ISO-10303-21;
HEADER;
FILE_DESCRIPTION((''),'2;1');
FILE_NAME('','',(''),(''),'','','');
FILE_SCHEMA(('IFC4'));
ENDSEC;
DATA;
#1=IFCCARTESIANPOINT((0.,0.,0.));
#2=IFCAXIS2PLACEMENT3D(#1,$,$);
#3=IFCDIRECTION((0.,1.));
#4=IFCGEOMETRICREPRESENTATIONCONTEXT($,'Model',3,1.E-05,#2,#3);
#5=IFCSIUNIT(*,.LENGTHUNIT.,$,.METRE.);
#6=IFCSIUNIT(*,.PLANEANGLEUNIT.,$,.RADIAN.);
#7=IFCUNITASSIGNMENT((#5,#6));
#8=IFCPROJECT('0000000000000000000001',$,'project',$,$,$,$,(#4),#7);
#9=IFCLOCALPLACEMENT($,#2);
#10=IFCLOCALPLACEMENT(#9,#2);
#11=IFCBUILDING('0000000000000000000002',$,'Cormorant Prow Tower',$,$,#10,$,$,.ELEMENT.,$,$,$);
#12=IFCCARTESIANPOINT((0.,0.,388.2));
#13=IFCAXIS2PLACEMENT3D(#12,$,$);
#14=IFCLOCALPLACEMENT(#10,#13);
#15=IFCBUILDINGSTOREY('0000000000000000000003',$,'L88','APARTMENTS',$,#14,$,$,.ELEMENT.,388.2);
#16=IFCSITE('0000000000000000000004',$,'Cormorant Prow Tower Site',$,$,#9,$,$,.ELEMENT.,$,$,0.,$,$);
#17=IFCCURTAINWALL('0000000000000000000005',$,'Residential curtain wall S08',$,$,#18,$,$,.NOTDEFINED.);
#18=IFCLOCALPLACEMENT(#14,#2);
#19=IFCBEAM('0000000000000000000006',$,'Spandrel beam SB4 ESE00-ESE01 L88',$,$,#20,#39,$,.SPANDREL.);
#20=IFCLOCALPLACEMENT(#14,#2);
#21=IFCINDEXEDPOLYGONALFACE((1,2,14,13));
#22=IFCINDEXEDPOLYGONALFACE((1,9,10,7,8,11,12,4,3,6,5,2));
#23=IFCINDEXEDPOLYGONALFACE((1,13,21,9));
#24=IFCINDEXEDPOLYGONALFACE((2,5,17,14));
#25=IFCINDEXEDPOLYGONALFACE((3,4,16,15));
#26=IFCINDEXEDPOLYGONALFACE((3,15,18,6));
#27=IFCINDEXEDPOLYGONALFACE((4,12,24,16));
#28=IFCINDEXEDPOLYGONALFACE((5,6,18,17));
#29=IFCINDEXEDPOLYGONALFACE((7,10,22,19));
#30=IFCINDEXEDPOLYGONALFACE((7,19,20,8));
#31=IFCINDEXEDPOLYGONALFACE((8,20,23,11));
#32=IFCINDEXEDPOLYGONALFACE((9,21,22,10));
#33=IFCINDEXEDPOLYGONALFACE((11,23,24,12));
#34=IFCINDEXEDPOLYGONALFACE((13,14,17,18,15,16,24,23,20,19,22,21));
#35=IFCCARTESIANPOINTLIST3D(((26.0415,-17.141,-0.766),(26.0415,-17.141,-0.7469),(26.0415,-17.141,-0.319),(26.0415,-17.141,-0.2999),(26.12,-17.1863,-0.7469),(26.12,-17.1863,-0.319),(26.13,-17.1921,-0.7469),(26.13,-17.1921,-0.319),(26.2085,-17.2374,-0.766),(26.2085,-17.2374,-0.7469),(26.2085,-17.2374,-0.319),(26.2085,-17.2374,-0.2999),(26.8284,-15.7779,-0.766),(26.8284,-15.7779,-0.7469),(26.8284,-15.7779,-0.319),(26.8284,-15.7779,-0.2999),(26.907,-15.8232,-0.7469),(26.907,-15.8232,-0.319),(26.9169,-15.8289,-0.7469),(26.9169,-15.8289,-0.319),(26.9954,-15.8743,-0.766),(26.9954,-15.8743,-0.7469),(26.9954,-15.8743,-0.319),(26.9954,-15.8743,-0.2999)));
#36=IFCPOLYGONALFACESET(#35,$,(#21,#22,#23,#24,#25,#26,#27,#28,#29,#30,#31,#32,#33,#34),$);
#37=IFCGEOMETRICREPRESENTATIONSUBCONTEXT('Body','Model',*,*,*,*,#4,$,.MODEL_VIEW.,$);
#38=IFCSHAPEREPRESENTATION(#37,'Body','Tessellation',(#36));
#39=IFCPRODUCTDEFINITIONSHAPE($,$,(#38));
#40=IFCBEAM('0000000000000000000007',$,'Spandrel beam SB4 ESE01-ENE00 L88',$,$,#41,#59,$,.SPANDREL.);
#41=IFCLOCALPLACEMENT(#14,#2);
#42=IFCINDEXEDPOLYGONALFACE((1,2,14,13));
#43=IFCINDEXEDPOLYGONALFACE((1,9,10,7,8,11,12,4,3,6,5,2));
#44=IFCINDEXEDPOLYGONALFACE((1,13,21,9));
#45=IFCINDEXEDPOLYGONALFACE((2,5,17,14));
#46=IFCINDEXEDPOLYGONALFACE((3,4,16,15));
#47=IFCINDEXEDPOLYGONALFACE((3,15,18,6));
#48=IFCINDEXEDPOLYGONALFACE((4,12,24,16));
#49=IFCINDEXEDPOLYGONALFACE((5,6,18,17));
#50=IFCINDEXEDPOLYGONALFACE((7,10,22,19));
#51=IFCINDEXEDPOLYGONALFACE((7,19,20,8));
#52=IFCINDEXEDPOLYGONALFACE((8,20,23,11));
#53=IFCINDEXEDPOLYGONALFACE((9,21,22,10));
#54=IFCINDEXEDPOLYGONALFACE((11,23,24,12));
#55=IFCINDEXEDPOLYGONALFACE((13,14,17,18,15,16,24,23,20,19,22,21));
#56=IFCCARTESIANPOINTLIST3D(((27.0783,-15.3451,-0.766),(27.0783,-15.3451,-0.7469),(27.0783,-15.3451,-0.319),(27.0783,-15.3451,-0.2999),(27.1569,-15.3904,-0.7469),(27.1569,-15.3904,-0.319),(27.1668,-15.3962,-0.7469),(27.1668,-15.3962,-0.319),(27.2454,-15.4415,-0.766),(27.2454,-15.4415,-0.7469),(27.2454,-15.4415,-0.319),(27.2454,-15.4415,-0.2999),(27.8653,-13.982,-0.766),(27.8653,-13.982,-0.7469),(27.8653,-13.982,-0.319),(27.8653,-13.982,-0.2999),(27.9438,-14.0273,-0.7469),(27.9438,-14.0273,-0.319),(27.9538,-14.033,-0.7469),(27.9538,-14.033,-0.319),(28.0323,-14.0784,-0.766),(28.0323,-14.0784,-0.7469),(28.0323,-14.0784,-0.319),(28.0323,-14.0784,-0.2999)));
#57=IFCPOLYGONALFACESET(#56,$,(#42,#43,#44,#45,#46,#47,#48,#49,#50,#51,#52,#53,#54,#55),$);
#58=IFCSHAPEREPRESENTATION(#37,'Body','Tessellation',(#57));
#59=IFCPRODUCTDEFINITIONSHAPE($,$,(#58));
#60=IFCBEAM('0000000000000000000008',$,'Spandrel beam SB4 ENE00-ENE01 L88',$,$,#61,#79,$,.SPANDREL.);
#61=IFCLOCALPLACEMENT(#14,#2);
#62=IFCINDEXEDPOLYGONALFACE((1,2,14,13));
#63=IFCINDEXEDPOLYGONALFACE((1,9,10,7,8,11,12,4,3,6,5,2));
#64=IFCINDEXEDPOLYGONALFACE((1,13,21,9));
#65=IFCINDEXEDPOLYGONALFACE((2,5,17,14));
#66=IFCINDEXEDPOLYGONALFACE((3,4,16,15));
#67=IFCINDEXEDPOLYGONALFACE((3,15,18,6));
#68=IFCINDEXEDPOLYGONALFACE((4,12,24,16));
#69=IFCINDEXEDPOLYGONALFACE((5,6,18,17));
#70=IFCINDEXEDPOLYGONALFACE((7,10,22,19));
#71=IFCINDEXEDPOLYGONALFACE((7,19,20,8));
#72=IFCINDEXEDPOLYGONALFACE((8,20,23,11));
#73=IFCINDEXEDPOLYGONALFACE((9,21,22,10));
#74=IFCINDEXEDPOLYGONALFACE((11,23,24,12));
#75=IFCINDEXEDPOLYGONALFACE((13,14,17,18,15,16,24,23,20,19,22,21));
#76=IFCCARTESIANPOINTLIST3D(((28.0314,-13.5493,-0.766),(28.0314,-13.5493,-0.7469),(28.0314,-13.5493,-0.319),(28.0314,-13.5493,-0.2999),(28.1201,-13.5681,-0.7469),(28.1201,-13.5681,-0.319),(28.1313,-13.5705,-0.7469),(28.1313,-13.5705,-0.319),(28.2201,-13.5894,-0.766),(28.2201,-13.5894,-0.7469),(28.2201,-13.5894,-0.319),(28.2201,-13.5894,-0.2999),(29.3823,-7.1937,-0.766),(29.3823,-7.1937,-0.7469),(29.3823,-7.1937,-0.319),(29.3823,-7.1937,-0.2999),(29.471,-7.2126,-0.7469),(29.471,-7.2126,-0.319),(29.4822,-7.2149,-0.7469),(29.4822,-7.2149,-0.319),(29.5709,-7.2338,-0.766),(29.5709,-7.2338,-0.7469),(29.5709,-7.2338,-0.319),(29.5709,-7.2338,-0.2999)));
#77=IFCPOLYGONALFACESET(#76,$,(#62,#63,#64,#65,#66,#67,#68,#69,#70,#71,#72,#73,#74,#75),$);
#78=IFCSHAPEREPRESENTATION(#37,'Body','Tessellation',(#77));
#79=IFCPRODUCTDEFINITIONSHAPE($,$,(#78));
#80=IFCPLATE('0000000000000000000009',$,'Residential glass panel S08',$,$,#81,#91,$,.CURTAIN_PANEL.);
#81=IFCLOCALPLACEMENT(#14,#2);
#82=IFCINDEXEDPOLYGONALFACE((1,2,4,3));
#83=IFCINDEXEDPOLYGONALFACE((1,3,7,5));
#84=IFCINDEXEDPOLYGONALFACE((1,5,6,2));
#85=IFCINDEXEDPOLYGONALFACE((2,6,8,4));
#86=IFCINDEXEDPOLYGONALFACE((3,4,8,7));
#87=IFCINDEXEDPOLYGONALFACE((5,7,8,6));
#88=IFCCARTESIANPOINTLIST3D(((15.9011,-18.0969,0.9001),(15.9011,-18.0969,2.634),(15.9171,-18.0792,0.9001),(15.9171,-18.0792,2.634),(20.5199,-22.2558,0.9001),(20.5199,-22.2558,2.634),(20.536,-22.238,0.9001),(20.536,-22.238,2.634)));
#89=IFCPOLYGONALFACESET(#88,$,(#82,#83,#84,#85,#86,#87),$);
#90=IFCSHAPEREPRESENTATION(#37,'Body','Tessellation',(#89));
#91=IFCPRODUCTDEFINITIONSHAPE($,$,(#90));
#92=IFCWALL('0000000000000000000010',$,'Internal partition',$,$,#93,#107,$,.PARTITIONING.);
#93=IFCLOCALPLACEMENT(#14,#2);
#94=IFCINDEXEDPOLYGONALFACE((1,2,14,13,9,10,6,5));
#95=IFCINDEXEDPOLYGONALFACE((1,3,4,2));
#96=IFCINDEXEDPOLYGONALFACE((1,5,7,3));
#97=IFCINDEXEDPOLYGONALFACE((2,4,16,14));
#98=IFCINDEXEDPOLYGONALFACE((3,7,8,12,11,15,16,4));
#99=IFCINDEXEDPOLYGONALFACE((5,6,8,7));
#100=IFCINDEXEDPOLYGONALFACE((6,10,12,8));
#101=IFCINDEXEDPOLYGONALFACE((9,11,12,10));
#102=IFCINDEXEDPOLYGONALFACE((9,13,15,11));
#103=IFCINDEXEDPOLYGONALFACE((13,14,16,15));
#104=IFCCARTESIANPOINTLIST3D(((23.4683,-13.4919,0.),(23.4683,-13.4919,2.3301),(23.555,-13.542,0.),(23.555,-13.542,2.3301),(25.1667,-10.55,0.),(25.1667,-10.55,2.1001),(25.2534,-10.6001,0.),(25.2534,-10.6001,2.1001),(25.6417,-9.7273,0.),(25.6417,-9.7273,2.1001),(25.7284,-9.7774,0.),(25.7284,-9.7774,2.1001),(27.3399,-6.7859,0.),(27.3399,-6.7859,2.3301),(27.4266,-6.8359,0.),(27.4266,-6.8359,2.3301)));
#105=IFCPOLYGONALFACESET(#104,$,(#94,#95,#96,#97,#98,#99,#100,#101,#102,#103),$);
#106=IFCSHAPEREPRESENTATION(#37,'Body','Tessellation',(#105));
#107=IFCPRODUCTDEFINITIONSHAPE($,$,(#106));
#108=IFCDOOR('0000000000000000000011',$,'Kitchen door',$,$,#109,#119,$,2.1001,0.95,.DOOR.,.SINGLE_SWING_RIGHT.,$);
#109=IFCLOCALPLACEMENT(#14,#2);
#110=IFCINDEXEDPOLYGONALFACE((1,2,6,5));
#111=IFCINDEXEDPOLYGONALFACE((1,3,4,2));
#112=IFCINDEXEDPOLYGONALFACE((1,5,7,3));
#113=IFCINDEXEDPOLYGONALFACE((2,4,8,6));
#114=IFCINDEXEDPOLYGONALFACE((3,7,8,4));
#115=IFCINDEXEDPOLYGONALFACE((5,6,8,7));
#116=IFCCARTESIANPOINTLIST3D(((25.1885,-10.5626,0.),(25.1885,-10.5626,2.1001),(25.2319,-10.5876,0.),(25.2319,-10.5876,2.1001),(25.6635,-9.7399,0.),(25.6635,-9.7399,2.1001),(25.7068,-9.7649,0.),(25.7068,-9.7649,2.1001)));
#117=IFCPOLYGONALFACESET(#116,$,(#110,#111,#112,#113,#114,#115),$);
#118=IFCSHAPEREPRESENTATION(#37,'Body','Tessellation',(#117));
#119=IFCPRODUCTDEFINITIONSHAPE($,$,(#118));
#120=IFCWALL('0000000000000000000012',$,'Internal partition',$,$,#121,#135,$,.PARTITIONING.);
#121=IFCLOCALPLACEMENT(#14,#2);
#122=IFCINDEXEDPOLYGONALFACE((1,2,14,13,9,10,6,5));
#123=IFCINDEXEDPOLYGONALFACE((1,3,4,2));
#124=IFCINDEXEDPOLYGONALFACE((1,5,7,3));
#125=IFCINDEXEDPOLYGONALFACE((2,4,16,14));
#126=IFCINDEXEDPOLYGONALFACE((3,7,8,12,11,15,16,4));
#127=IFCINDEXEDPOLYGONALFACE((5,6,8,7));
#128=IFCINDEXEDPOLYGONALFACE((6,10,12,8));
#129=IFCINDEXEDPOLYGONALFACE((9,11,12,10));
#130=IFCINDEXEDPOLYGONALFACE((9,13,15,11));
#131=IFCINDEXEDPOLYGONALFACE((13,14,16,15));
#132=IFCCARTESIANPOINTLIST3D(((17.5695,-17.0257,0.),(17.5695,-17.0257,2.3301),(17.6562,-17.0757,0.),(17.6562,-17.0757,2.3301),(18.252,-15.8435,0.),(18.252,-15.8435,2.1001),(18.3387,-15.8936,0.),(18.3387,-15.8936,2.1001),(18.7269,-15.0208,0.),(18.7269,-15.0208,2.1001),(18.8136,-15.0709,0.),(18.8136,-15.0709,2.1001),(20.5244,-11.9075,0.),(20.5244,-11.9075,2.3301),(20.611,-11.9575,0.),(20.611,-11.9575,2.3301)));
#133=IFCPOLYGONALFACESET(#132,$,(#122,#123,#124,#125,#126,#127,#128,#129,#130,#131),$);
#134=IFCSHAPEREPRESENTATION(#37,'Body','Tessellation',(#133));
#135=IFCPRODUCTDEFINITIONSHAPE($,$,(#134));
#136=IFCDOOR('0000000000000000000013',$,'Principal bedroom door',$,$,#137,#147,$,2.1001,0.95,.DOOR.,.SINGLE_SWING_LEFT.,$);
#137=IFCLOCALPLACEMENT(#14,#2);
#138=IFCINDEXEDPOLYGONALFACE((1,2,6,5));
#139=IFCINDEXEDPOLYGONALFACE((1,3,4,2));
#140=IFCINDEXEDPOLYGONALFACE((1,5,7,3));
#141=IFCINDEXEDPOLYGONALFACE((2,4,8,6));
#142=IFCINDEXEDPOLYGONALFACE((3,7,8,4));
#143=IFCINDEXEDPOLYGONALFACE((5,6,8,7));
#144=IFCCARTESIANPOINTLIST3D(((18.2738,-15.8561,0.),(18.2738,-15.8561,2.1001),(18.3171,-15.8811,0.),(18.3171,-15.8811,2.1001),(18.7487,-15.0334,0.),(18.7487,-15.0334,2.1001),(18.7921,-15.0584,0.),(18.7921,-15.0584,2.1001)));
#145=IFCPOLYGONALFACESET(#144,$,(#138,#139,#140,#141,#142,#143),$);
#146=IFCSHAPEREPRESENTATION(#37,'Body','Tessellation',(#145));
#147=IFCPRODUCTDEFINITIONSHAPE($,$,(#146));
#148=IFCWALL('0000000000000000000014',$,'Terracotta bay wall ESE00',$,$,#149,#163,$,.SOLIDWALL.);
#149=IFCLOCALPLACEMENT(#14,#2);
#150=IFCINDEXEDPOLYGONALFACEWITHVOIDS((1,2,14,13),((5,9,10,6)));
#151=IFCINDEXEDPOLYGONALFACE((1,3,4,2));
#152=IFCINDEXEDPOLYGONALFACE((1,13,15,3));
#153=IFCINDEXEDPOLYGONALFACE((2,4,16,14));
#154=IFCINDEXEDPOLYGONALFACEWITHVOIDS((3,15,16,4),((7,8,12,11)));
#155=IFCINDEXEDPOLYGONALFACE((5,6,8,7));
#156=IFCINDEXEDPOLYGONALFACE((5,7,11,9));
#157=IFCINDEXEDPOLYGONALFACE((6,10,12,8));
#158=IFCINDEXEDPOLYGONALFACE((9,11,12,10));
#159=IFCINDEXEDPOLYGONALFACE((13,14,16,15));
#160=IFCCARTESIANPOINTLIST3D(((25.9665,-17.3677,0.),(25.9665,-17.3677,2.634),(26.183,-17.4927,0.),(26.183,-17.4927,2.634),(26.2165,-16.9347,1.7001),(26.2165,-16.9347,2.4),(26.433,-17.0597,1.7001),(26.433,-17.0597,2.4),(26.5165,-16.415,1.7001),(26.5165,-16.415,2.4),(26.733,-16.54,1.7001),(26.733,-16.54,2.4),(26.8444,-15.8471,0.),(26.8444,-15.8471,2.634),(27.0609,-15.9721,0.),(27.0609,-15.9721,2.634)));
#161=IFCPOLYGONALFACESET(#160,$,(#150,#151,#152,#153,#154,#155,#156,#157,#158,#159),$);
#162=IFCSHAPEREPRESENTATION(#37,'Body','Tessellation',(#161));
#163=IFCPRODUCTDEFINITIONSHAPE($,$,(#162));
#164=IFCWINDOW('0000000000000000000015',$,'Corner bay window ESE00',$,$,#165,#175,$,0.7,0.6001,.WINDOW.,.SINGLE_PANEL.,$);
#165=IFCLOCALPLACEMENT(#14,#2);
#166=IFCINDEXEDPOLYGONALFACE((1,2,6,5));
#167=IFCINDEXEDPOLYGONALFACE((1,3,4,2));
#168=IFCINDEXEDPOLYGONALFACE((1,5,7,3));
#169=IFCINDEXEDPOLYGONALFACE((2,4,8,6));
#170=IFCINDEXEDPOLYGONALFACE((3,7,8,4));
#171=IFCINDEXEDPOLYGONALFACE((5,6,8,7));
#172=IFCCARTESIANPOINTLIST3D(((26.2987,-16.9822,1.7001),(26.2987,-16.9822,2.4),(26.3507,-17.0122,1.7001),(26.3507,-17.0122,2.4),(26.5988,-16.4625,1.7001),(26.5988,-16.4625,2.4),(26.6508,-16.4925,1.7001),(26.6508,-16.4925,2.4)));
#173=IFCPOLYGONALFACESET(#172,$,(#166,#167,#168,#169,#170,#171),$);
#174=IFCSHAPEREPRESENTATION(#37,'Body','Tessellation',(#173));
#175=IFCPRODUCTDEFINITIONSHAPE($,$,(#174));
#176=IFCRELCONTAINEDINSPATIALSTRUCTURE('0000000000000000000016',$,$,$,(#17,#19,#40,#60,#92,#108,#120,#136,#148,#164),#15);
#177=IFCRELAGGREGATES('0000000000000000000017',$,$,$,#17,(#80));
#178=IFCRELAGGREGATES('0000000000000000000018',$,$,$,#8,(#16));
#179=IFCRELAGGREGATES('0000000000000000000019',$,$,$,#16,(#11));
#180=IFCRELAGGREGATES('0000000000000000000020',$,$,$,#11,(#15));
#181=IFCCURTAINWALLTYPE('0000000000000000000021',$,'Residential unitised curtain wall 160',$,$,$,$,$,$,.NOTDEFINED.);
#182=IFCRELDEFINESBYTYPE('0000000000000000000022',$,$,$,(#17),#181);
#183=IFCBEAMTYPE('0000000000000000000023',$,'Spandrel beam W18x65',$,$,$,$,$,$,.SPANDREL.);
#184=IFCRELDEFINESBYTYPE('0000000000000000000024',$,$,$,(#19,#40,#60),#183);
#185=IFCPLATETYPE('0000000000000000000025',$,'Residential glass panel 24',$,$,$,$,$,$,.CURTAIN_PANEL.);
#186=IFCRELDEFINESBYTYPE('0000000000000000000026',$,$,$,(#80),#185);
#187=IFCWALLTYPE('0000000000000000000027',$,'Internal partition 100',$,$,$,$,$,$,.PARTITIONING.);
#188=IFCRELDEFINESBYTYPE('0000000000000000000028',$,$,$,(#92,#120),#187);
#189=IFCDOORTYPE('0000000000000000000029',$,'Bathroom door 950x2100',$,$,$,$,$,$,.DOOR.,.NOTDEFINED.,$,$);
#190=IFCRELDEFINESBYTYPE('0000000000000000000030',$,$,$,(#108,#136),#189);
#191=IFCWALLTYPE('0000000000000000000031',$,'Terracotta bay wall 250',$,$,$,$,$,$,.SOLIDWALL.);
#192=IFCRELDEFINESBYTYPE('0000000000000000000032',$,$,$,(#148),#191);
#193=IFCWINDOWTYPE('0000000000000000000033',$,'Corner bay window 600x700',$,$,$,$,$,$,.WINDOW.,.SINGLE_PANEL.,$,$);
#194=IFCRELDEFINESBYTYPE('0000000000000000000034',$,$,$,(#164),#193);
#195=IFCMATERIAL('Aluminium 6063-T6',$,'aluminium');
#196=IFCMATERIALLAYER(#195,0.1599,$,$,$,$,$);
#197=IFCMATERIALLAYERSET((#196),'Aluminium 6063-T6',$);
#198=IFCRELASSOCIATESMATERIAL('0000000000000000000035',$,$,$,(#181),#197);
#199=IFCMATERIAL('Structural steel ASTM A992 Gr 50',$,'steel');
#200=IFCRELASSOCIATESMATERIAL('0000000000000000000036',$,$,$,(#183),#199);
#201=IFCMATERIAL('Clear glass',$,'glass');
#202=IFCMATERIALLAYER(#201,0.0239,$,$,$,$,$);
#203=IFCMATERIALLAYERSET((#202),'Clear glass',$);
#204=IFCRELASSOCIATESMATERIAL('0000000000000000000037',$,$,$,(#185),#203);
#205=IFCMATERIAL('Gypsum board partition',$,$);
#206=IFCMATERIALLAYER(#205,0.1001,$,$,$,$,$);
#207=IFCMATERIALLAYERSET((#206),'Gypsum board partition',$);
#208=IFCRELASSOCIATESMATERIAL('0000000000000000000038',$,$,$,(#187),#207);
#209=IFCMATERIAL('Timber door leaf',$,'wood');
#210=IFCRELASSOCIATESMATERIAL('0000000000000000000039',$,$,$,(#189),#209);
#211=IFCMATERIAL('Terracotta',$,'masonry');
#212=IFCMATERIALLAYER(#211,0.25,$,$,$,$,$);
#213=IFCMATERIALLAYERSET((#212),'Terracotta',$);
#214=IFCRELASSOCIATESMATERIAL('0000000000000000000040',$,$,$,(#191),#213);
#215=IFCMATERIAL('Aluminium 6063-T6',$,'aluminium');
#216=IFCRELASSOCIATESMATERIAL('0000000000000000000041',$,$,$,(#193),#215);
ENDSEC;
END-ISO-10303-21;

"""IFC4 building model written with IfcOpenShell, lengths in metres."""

from ifc_helpers import new_model, si_unit, direction, frame, frame_2d, origin, origin_2d, place, context, subcontext, project, spatial, rectangle, i_section, extrude, material, layer, layer_set, material_profile, profile_set, type_object, element, fill, aggregate, save


model = new_model("IFC4")

# Units and contexts
model_context = context("Model", 3, precision=1e-05, world=origin(), true_north=direction((0.0, 1.0)))
body_context = subcontext(model_context, "Body", "Model", "MODEL_VIEW")
ifc_project = project(units=[si_unit("LENGTHUNIT", "METRE"), si_unit("PLANEANGLEUNIT", "RADIAN")], contexts=[model_context])

# Site, building, storey
site_placement = place(None, origin())
site = spatial("IfcSite", under=ifc_project, at=site_placement, Name="Cormorant Prow Tower Site", CompositionType="ELEMENT", RefElevation=0.0)
building_placement = place(site_placement, origin())
building = spatial("IfcBuilding", under=site, at=building_placement, Name="Cormorant Prow Tower", CompositionType="ELEMENT")
storey_placement = place(building_placement, frame((0.0, 0.0, 388.2)))
storey = spatial("IfcBuildingStorey", under=building, at=storey_placement, Name="L88", Description="APARTMENTS", CompositionType="ELEMENT", Elevation=388.2)

# Curtain wall
ifc_material_1 = material(Name="Aluminium 6063-T6", Category="aluminium")
ifc_layer_1 = layer(ifc_material_1, 0.1599)
ifc_layer_set_1 = layer_set([ifc_layer_1], Name="Aluminium 6063-T6")
curtain_wall_type = type_object("IfcCurtainWallType", Name="Residential unitised curtain wall 160", PredefinedType="NOTDEFINED", material=ifc_layer_set_1)
curtain_wall_placement = place(storey_placement, origin())
curtain_wall = element("IfcCurtainWall", 1, at=curtain_wall_placement, inside=storey, type_object=curtain_wall_type, Name="Residential curtain wall S08", PredefinedType="NOTDEFINED")

# Beams
ifc_material_2 = material(Name="Structural steel ASTM A992 Gr 50", Category="steel")
ifc_material_profile_1 = material_profile(ifc_material_2, i_section(OverallWidth=0.1929, OverallDepth=0.4661, WebThickness=0.0115, FlangeThickness=0.019, at=origin_2d()), Name="W18x65")
ifc_profile_set_1 = profile_set([ifc_material_profile_1], Name="Structural steel ASTM A992 Gr 50")
beam_type = type_object("IfcBeamType", Name="Spandrel beam W18x65", PredefinedType="SPANDREL", material=ifc_profile_set_1)
for number, where, z_axis, x_axis, name in (
    (2, (26.125, -17.1892, -0.533), (0.49996, 0.866049, 0.0), (-0.866049, 0.49996, 0.0), "Spandrel beam SB4 ESE00-ESE01 L88"),
    (3, (27.1619, -15.3933, -0.533), (0.49996, 0.866049, 0.0), (-0.866049, 0.49996, 0.0), "Spandrel beam SB4 ESE01-ENE00 L88"),
):
    element("IfcBeam", number, at=place(storey_placement, frame(where, z_axis=z_axis, x_axis=x_axis)), inside=storey, type_object=beam_type, Name=name, PredefinedType="SPANDREL", context=body_context, shape_type="SweptSolid", body=[
        extrude(i_section(OverallWidth=0.1929, OverallDepth=0.4661, WebThickness=0.0115, FlangeThickness=0.019, at=origin_2d()), origin(), (0.0, 0.0, 1.0), 1.574),
    ])
beam_placement = place(storey_placement, frame((28.1257, -13.5693, -0.533), z_axis=(0.207902, 0.97815, 0.0), x_axis=(-0.97815, 0.207902, 0.0)))
element("IfcBeam", 4, at=beam_placement, inside=storey, type_object=beam_type, Name="Spandrel beam SB4 ENE00-ENE01 L88", PredefinedType="SPANDREL", context=body_context, shape_type="SweptSolid", body=[
    extrude(i_section(OverallWidth=0.1929, OverallDepth=0.4661, WebThickness=0.0115, FlangeThickness=0.019, at=origin_2d()), origin(), (0.0, 0.0, 1.0), 6.4976),
])

# Plate
ifc_material_3 = material(Name="Clear glass", Category="glass")
ifc_layer_2 = layer(ifc_material_3, 0.0239)
ifc_layer_set_2 = layer_set([ifc_layer_2], Name="Clear glass")
plate_type = type_object("IfcPlateType", Name="Residential glass panel 24", PredefinedType="CURTAIN_PANEL", material=ifc_layer_set_2)
plate_placement = place(storey_placement, frame((18.2185, -20.1675, 0.9001), z_axis=(0.0, 0.0, 1.0), x_axis=(0.743145, -0.669131, 0.0)))
plate = element("IfcPlate", 5, at=plate_placement, type_object=plate_type, Name="Residential glass panel S08", PredefinedType="CURTAIN_PANEL", context=body_context, shape_type="SweptSolid", body=[
    extrude(rectangle(XDim=6.2153, YDim=0.0239, at=origin_2d()), origin(), (0.0, 0.0, 1.0), 1.7339),
])
aggregate(curtain_wall, [plate])

# Walls, openings, doors
ifc_material_4 = material(Name="Gypsum board partition")
ifc_layer_3 = layer(ifc_material_4, 0.1001)
ifc_layer_set_3 = layer_set([ifc_layer_3], Name="Gypsum board partition")
wall_type_1 = type_object("IfcWallType", Name="Internal partition 100", PredefinedType="PARTITIONING", material=ifc_layer_set_3)
wall_1_placement = place(storey_placement, frame((23.5117, -13.5168, 0.0), z_axis=(0.0, 0.0, 1.0), x_axis=(0.499984, 0.866034, 0.0)))
wall_1 = element("IfcWall", 6, at=wall_1_placement, inside=storey, type_object=wall_type_1, Name="Internal partition", PredefinedType="PARTITIONING", context=body_context, shape_type="SweptSolid", body=[
    extrude(rectangle(XDim=7.7434, YDim=0.1001, at=frame_2d((3.8716, 0.0))), origin(), (0.0, 0.0, 1.0), 2.3301),
])
opening_1_placement = place(wall_1_placement, frame((3.3967, 0.0, 0.0)))
opening_1 = element("IfcOpeningElement", 7, at=opening_1_placement, cuts=wall_1, PredefinedType="OPENING", context=body_context, shape_type="SweptSolid", body=[
    extrude(rectangle(XDim=0.95, YDim=2.1001, at=frame_2d((0.4751, 1.05))), frame((0.0, 0.0601, 0.0), z_axis=(0.0, -1.0, 0.0), x_axis=(1.0, 0.0, 0.0)), (0.0, 0.0, 1.0), 0.1201),
])
ifc_material_5 = material(Name="Timber door leaf", Category="wood")
door_type_1 = type_object("IfcDoorType", Name="Bathroom door 950x2100", OperationType="NOTDEFINED", PredefinedType="DOOR", material=ifc_material_5)
door_1_placement = place(opening_1_placement, origin())
door_1 = element("IfcDoor", 8, at=door_1_placement, inside=storey, type_object=door_type_1, Name="Kitchen door", OperationType="SINGLE_SWING_RIGHT", OverallHeight=2.1001, OverallWidth=0.95, PredefinedType="DOOR", context=body_context, shape_type="SweptSolid", body=[
    extrude(rectangle(XDim=0.95, YDim=2.1001, at=frame_2d((0.4751, 1.05))), frame((0.0, 0.0249, 0.0), z_axis=(0.0, -1.0, 0.0), x_axis=(1.0, 0.0, 0.0)), (0.0, 0.0, 1.0), 0.05),
])
fill(opening_1, door_1)
wall_2_placement = place(storey_placement, frame((17.6128, -17.0508, 0.0), z_axis=(0.0, 0.0, 1.0), x_axis=(0.499982, 0.866036, 0.0)))
wall_2 = element("IfcWall", 9, at=wall_2_placement, inside=storey, type_object=wall_type_1, Name="Internal partition", PredefinedType="PARTITIONING", context=body_context, shape_type="SweptSolid", body=[
    extrude(rectangle(XDim=5.9099, YDim=0.1001, at=frame_2d((2.9551, 0.0))), origin(), (0.0, 0.0, 1.0), 2.3301),
])
opening_2_placement = place(wall_2_placement, frame((1.365, 0.0, 0.0)))
opening_2 = element("IfcOpeningElement", 10, at=opening_2_placement, cuts=wall_2, PredefinedType="OPENING", context=body_context, shape_type="SweptSolid", body=[
    extrude(rectangle(XDim=0.95, YDim=2.1001, at=frame_2d((0.4751, 1.05))), frame((0.0, 0.0601, 0.0), z_axis=(0.0, -1.0, 0.0), x_axis=(1.0, 0.0, 0.0)), (0.0, 0.0, 1.0), 0.1201),
])
door_2_placement = place(opening_2_placement, origin())
door_2 = element("IfcDoor", 11, at=door_2_placement, inside=storey, type_object=door_type_1, Name="Principal bedroom door", OperationType="SINGLE_SWING_LEFT", OverallHeight=2.1001, OverallWidth=0.95, PredefinedType="DOOR", context=body_context, shape_type="SweptSolid", body=[
    extrude(rectangle(XDim=0.95, YDim=2.1001, at=frame_2d((0.4751, 1.05))), frame((0.0, 0.0249, 0.0), z_axis=(0.0, -1.0, 0.0), x_axis=(1.0, 0.0, 0.0)), (0.0, 0.0, 1.0), 0.05),
])
fill(opening_2, door_2)

# Wall, opening, window
ifc_material_6 = material(Name="Terracotta", Category="masonry")
ifc_layer_4 = layer(ifc_material_6, 0.25)
ifc_layer_set_4 = layer_set([ifc_layer_4], Name="Terracotta")
wall_type_2 = type_object("IfcWallType", Name="Terracotta bay wall 250", PredefinedType="SOLIDWALL", material=ifc_layer_set_4)
wall_3_placement = place(storey_placement, frame((26.0747, -17.4302, 0.0), z_axis=(0.0, 0.0, 1.0), x_axis=(0.500027, 0.86601, 0.0)))
wall_3 = element("IfcWall", 12, at=wall_3_placement, inside=storey, type_object=wall_type_2, Name="Terracotta bay wall ESE00", PredefinedType="SOLIDWALL", context=body_context, shape_type="SweptSolid", body=[
    extrude(rectangle(XDim=1.7559, YDim=0.25, at=frame_2d((0.8779, 0.0))), origin(), (0.0, 0.0, 1.0), 2.634),
])
opening_3_placement = place(wall_3_placement, frame((0.5, 0.0, 1.7)))
opening_3 = element("IfcOpeningElement", 13, at=opening_3_placement, cuts=wall_3, PredefinedType="OPENING", context=body_context, shape_type="SweptSolid", body=[
    extrude(rectangle(XDim=0.6001, YDim=0.7, at=frame_2d((0.3, 0.3501))), frame((0.0, 0.135, 0.0), z_axis=(0.0, -1.0, 0.0), x_axis=(1.0, 0.0, 0.0)), (0.0, 0.0, 1.0), 0.27),
])
ifc_material_7 = material(Name="Aluminium 6063-T6", Category="aluminium")
window_type = type_object("IfcWindowType", Name="Corner bay window 600x700", PartitioningType="SINGLE_PANEL", PredefinedType="WINDOW", material=ifc_material_7)
window_placement = place(opening_3_placement, origin())
window = element("IfcWindow", 14, at=window_placement, inside=storey, type_object=window_type, Name="Corner bay window ESE00", OverallHeight=0.7, OverallWidth=0.6001, PartitioningType="SINGLE_PANEL", PredefinedType="WINDOW", context=body_context, shape_type="SweptSolid", body=[
    extrude(rectangle(XDim=0.6001, YDim=0.7, at=frame_2d((0.3, 0.3501))), frame((0.0, 0.03, 0.0), z_axis=(0.0, -1.0, 0.0), x_axis=(1.0, 0.0, 0.0)), (0.0, 0.0, 1.0), 0.0601),
])
fill(opening_3, window)

save(model, "model.ifc")
